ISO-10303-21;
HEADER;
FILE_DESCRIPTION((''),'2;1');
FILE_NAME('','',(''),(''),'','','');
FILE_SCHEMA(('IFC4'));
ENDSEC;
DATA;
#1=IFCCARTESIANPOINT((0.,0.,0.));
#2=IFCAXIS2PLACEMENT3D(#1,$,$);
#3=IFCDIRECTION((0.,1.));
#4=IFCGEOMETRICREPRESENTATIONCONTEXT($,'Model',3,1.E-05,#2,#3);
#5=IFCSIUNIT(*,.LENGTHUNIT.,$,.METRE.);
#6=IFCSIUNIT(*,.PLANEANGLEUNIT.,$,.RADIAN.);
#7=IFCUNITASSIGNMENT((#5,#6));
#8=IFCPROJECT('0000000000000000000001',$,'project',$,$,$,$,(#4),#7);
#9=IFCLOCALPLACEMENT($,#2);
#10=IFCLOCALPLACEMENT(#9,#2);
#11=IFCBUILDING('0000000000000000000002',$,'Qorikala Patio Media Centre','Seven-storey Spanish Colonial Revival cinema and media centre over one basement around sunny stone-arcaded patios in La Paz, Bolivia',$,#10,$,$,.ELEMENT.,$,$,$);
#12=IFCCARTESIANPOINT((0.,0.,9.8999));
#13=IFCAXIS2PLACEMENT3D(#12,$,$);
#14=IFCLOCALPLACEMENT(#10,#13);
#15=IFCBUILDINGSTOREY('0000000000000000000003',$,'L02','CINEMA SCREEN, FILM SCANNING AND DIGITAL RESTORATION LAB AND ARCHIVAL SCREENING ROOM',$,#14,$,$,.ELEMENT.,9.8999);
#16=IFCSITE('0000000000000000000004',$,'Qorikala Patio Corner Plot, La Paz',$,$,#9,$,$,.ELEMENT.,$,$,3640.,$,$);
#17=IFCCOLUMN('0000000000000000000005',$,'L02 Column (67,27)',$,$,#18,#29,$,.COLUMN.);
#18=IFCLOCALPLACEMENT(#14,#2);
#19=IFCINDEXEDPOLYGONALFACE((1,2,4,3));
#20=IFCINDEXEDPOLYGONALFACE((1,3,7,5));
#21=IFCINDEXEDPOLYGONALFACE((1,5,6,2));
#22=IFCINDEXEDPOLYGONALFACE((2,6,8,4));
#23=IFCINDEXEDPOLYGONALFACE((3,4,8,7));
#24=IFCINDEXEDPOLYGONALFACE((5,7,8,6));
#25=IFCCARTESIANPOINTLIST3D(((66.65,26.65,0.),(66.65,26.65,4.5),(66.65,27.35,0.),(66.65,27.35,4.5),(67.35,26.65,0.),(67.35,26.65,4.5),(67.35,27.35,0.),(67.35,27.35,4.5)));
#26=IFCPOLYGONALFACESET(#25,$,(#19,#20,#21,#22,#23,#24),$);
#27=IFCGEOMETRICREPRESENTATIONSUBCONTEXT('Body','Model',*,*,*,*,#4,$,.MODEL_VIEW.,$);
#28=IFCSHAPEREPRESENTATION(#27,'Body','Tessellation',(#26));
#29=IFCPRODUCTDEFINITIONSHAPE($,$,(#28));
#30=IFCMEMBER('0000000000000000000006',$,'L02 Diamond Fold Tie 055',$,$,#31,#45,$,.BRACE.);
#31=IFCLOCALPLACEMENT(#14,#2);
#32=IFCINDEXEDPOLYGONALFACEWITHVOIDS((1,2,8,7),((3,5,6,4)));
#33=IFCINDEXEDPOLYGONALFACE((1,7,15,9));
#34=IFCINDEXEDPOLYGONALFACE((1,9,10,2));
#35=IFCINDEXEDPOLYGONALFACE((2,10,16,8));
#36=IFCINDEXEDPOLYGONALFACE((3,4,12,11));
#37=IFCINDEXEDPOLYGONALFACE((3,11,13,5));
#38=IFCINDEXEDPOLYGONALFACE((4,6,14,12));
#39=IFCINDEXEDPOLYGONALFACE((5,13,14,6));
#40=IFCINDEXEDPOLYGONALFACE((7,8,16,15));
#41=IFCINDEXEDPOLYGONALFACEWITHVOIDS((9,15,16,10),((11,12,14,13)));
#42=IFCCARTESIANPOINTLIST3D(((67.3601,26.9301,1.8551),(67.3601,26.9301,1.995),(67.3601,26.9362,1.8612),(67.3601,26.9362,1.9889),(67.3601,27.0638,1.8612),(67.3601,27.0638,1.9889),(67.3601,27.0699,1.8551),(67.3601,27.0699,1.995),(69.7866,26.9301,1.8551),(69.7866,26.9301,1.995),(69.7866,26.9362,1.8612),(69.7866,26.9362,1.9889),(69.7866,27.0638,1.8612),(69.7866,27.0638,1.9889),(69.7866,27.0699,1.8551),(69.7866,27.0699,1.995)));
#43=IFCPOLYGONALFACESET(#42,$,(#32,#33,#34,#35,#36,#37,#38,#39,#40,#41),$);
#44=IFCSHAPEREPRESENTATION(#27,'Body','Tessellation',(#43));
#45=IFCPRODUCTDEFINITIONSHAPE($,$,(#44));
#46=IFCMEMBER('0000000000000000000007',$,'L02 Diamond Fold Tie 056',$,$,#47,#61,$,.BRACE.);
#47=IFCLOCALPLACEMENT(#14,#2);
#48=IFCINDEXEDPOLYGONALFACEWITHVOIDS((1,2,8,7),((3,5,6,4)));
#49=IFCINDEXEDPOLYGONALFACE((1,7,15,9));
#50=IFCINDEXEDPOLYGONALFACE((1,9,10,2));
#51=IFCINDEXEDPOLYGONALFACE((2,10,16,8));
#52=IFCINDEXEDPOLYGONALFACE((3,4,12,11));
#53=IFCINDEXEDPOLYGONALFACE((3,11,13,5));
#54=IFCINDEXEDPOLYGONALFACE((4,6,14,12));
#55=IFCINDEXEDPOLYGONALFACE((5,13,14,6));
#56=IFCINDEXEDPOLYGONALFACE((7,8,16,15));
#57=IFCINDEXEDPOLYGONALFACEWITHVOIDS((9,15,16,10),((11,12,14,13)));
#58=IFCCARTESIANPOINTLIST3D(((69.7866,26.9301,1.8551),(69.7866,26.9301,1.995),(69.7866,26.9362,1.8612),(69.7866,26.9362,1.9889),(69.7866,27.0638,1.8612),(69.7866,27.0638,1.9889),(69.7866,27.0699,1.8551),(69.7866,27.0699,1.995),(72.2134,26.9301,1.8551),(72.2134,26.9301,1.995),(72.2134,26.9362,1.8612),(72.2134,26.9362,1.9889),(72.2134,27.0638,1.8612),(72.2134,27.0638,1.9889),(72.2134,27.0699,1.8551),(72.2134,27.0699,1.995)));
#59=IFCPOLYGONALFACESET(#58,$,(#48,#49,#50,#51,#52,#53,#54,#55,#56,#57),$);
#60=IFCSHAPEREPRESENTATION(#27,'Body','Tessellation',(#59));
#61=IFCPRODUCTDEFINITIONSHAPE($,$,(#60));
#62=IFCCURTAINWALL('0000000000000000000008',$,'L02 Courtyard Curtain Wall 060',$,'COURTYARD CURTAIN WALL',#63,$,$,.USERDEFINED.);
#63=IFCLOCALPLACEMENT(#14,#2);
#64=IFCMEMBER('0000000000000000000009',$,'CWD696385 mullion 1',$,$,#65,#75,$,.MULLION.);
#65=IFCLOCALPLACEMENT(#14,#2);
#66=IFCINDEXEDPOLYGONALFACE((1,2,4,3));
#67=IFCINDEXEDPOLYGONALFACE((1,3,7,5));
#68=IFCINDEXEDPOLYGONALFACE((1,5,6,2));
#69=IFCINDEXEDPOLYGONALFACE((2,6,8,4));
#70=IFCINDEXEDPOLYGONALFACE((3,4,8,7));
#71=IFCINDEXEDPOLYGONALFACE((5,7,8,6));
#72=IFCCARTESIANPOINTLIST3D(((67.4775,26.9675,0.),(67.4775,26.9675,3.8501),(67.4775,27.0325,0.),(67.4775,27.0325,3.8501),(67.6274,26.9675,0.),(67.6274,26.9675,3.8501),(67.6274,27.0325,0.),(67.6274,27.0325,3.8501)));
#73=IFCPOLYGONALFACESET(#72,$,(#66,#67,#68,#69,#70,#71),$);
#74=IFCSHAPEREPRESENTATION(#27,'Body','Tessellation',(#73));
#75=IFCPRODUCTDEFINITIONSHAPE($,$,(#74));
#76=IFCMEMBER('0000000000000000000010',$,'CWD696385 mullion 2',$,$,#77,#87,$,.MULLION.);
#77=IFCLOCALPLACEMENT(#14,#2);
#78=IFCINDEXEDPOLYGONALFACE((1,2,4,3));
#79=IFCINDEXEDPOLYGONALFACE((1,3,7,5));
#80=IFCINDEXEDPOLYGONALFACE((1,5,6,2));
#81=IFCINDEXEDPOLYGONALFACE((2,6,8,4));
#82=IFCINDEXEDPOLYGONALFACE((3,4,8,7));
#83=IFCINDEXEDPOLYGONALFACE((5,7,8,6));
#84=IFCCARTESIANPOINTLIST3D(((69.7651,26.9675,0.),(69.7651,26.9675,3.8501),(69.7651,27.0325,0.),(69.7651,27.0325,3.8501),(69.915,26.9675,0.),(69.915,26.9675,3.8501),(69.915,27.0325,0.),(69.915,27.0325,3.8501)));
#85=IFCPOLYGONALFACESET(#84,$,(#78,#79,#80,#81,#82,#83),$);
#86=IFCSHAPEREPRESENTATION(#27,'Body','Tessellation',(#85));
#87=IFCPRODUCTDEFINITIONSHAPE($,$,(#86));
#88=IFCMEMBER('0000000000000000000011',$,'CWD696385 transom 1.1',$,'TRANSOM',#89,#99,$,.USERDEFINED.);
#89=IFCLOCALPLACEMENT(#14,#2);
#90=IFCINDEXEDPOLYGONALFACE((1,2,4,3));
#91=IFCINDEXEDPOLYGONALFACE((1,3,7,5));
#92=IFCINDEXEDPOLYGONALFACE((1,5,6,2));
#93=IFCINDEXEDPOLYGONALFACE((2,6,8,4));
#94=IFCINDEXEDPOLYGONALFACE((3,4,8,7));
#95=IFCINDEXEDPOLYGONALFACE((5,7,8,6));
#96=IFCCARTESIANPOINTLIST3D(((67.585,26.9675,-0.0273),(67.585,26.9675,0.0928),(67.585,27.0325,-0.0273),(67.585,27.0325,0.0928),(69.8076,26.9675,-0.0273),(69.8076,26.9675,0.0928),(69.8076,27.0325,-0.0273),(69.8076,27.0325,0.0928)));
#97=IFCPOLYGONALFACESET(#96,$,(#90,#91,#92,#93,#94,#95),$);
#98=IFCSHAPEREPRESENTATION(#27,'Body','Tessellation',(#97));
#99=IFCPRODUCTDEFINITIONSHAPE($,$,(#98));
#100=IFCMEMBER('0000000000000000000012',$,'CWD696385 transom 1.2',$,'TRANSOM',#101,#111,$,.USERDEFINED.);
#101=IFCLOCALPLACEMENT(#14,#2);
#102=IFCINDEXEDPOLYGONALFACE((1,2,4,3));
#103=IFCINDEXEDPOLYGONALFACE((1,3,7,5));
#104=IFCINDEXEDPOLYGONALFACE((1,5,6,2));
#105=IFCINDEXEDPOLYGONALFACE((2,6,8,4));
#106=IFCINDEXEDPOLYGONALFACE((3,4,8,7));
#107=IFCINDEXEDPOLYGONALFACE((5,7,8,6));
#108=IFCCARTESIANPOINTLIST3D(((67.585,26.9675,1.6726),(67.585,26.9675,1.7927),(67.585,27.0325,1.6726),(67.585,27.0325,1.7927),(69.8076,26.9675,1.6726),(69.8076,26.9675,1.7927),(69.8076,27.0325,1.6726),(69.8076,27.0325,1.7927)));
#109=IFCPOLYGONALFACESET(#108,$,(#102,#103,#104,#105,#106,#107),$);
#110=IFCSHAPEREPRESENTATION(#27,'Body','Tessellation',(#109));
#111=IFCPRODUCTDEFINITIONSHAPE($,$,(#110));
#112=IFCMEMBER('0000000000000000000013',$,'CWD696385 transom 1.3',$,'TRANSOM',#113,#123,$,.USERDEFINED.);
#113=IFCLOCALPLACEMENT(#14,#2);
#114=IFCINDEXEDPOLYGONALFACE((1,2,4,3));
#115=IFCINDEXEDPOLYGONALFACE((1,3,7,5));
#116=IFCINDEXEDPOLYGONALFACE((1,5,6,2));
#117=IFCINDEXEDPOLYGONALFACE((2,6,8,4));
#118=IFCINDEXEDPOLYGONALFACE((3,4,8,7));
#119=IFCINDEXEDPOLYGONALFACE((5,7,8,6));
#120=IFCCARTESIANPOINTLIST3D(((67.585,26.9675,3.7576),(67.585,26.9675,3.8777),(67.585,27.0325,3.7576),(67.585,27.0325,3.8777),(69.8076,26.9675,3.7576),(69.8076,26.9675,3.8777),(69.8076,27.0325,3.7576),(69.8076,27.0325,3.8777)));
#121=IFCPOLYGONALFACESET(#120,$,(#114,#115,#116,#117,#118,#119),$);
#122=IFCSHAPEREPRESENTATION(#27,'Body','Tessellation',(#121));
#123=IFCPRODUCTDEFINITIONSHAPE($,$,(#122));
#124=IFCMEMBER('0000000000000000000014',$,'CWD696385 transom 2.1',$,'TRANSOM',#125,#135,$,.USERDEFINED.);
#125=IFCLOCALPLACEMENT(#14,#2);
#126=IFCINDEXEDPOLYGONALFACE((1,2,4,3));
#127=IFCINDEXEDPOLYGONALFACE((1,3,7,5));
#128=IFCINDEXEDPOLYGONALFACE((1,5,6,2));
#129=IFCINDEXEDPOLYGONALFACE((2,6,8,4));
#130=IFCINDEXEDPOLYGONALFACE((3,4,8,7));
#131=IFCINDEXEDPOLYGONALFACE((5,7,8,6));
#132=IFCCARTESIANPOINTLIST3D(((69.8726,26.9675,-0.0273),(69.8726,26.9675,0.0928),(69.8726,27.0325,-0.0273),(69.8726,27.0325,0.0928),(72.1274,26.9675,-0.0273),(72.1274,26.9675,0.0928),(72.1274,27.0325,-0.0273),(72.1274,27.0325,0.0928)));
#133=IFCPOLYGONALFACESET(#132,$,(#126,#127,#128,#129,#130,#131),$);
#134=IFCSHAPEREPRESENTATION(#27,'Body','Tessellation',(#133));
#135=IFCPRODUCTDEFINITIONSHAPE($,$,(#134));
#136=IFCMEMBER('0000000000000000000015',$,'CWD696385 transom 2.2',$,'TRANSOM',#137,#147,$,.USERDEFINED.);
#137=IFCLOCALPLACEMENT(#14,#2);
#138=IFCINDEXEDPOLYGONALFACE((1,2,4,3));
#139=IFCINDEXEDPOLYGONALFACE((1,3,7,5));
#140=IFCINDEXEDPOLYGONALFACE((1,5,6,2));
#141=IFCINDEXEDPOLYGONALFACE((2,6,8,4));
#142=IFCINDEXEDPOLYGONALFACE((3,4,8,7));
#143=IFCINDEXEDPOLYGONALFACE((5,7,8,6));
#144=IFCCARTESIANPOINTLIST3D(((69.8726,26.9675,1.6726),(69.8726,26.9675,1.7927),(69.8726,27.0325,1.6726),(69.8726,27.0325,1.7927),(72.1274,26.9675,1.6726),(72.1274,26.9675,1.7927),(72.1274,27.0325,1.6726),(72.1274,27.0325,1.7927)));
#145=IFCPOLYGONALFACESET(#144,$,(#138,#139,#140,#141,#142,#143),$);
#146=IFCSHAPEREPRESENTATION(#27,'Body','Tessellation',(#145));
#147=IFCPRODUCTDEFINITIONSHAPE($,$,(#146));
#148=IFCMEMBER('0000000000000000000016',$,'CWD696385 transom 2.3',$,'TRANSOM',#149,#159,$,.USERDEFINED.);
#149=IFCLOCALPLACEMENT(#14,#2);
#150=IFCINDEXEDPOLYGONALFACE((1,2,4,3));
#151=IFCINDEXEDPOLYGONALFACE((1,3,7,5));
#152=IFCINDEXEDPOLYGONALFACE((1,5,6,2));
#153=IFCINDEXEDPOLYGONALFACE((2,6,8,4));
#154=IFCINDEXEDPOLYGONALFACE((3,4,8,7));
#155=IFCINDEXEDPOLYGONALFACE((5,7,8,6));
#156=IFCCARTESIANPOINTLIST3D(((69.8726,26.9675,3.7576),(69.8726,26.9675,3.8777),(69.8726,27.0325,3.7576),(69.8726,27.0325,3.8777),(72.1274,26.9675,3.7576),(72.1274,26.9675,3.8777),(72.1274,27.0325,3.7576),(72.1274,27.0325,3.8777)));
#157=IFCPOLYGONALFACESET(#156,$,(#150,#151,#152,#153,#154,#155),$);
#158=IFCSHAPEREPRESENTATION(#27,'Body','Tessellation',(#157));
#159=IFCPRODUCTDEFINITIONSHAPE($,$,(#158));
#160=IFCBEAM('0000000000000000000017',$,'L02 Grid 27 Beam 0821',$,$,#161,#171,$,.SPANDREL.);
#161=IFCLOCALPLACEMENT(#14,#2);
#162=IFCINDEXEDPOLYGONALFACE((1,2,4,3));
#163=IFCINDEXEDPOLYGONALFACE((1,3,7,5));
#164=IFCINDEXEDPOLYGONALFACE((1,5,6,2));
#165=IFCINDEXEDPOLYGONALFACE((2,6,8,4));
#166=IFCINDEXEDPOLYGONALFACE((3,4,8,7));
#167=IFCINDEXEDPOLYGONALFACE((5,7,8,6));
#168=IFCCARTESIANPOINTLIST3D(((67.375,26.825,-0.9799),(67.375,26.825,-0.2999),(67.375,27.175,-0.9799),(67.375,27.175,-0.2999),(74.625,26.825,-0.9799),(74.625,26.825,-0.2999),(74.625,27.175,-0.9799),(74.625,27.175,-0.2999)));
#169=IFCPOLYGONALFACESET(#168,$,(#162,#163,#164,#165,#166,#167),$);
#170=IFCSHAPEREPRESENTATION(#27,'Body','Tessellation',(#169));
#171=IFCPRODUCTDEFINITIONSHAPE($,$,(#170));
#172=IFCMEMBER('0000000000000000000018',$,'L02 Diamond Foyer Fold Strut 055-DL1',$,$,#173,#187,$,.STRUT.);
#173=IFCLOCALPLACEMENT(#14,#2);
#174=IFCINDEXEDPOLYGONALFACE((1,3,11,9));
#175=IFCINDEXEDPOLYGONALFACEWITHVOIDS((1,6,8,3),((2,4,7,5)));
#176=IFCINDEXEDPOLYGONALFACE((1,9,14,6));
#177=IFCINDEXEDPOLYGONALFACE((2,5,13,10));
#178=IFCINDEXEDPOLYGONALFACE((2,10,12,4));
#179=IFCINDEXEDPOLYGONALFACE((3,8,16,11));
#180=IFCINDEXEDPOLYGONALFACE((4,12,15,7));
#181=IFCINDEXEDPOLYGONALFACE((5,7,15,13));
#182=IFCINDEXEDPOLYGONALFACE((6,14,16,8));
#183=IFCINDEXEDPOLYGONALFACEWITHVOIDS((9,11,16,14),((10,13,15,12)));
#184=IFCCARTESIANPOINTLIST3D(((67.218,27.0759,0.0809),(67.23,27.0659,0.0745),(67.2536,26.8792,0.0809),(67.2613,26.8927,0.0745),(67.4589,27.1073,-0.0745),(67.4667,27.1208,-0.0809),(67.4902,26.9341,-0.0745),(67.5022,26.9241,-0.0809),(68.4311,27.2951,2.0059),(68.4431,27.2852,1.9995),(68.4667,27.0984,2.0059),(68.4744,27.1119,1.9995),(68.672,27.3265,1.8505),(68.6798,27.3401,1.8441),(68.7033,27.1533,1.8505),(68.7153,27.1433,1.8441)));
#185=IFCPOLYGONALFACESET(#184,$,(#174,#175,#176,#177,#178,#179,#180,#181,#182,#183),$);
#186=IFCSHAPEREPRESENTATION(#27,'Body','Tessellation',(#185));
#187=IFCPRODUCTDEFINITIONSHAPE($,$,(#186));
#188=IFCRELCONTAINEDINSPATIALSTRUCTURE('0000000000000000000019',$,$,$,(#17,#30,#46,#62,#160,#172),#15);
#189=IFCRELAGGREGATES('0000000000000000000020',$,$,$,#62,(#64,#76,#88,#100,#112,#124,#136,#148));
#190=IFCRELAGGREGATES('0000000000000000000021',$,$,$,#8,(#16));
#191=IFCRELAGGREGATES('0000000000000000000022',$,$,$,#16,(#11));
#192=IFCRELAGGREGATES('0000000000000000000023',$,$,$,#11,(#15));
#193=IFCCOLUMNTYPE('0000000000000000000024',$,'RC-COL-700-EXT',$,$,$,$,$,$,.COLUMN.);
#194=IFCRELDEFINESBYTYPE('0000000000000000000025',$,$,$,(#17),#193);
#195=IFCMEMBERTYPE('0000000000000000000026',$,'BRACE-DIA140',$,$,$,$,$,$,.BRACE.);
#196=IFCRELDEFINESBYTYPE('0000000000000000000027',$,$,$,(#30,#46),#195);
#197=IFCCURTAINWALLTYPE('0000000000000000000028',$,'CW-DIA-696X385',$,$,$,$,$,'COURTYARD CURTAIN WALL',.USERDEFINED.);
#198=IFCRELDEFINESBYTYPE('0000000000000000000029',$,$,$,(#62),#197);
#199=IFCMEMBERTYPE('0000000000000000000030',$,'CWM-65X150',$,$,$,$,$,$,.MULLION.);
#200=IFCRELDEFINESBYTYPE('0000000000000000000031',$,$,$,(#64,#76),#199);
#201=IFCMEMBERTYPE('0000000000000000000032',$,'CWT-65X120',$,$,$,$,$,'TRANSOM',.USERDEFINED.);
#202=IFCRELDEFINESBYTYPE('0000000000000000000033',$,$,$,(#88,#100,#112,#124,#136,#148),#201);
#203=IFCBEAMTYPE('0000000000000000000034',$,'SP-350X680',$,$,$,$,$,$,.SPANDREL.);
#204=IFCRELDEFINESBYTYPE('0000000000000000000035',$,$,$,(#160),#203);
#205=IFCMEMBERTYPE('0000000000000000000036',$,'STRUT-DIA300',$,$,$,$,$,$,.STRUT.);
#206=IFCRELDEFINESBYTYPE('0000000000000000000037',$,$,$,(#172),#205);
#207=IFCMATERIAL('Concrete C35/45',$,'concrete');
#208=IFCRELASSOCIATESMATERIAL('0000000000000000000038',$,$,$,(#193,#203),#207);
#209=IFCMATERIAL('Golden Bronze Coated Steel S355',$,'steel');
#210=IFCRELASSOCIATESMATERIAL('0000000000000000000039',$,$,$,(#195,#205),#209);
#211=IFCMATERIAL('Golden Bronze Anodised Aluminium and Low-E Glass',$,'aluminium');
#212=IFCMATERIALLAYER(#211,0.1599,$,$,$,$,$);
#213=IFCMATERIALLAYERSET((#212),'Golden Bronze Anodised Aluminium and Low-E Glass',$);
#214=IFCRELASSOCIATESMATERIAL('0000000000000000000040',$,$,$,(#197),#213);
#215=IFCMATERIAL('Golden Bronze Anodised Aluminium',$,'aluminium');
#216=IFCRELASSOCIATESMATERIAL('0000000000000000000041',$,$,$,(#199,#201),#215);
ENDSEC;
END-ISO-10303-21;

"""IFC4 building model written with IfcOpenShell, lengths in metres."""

from ifc_helpers import new_model, si_unit, direction, frame, origin, origin_2d, place, context, subcontext, project, spatial, rectangle, hollow_rectangle, extrude, material, layer, layer_set, material_profile, profile_set, type_object, element, aggregate, save


model = new_model("IFC4")

# Units and contexts
model_context = context("Model", 3, precision=1e-05, world=origin(), true_north=direction((0.0, 1.0)))
body_context = subcontext(model_context, "Body", "Model", "MODEL_VIEW")
ifc_project = project(units=[si_unit("LENGTHUNIT", "METRE"), si_unit("PLANEANGLEUNIT", "RADIAN")], contexts=[model_context])

# Site, building, storey
site_placement = place(None, origin())
site = spatial("IfcSite", under=ifc_project, at=site_placement, Name="Qorikala Patio Corner Plot, La Paz", CompositionType="ELEMENT", RefElevation=3640.0)
building_placement = place(site_placement, origin())
building = spatial("IfcBuilding", under=site, at=building_placement, Name="Qorikala Patio Media Centre", Description="Seven-storey Spanish Colonial Revival cinema and media centre over one basement around sunny stone-arcaded patios in La Paz, Bolivia", CompositionType="ELEMENT")
storey_placement = place(building_placement, frame((0.0, 0.0, 9.8999)))
storey = spatial("IfcBuildingStorey", under=building, at=storey_placement, Name="L02", Description="CINEMA SCREEN, FILM SCANNING AND DIGITAL RESTORATION LAB AND ARCHIVAL SCREENING ROOM", CompositionType="ELEMENT", Elevation=9.8999)

# Column
ifc_material_1 = material(Name="Concrete C35/45", Category="concrete")
ifc_material_profile_1 = material_profile(ifc_material_1, rectangle(XDim=0.7, YDim=0.7, at=origin_2d()), Name="RC 700x700")
ifc_profile_set_1 = profile_set([ifc_material_profile_1], Name="Concrete C35/45")
column_type = type_object("IfcColumnType", Name="RC-COL-700-EXT", PredefinedType="COLUMN", material=ifc_profile_set_1)
column_placement = place(storey_placement, frame((67.0, 27.0, 0.0), z_axis=(0.0, 0.0, 1.0), x_axis=(1.0, 0.0, 0.0)))
element("IfcColumn", 1, at=column_placement, inside=storey, type_object=column_type, Name="L02 Column (67,27)", PredefinedType="COLUMN", context=body_context, shape_type="SweptSolid", body=[
    extrude(rectangle(XDim=0.7, YDim=0.7, at=origin_2d()), origin(), (0.0, 0.0, 1.0), 4.5),
])

# Members
ifc_material_2 = material(Name="Golden Bronze Coated Steel S355", Category="steel")
ifc_material_profile_2 = material_profile(ifc_material_2, hollow_rectangle(XDim=0.1399, YDim=0.1399, WallThickness=0.0061, at=origin_2d()), Name="HSS140X140X6")
ifc_profile_set_2 = profile_set([ifc_material_profile_2], Name="Golden Bronze Coated Steel S355")
member_type_1 = type_object("IfcMemberType", Name="BRACE-DIA140", PredefinedType="BRACE", material=ifc_profile_set_2)
member_1_placement = place(storey_placement, frame((67.3601, 27.0, 1.925), z_axis=(1.0, 0.0, 0.0), x_axis=(0.0, 1.0, 0.0)))
element("IfcMember", 2, at=member_1_placement, inside=storey, type_object=member_type_1, Name="L02 Diamond Fold Tie 055", PredefinedType="BRACE", context=body_context, shape_type="SweptSolid", body=[
    extrude(hollow_rectangle(XDim=0.1399, YDim=0.1399, WallThickness=0.0061, at=origin_2d()), origin(), (0.0, 0.0, 1.0), 2.4265),
])
member_2_placement = place(storey_placement, frame((69.7866, 27.0, 1.925), z_axis=(1.0, 0.0, 0.0), x_axis=(0.0, 1.0, 0.0)))
element("IfcMember", 3, at=member_2_placement, inside=storey, type_object=member_type_1, Name="L02 Diamond Fold Tie 056", PredefinedType="BRACE", context=body_context, shape_type="SweptSolid", body=[
    extrude(hollow_rectangle(XDim=0.1399, YDim=0.1399, WallThickness=0.0061, at=origin_2d()), origin(), (0.0, 0.0, 1.0), 2.4268),
])

# Curtain wall, members
ifc_material_3 = material(Name="Golden Bronze Anodised Aluminium and Low-E Glass", Category="aluminium")
ifc_layer_1 = layer(ifc_material_3, 0.1599)
ifc_layer_set_1 = layer_set([ifc_layer_1], Name="Golden Bronze Anodised Aluminium and Low-E Glass")
curtain_wall_type = type_object("IfcCurtainWallType", Name="CW-DIA-696X385", ElementType="COURTYARD CURTAIN WALL", PredefinedType="USERDEFINED", material=ifc_layer_set_1)
curtain_wall_placement = place(storey_placement, origin())
curtain_wall = element("IfcCurtainWall", 4, at=curtain_wall_placement, inside=storey, type_object=curtain_wall_type, Name="L02 Courtyard Curtain Wall 060", ObjectType="COURTYARD CURTAIN WALL", PredefinedType="USERDEFINED")
ifc_material_4 = material(Name="Golden Bronze Anodised Aluminium", Category="aluminium")
ifc_material_profile_3 = material_profile(ifc_material_4, rectangle(XDim=0.0649, YDim=0.1499, at=origin_2d()), Name="ALU MULLION 65x150")
ifc_profile_set_3 = profile_set([ifc_material_profile_3], Name="Golden Bronze Anodised Aluminium")
member_type_2 = type_object("IfcMemberType", Name="CWM-65X150", PredefinedType="MULLION", material=ifc_profile_set_3)
member_3_placement = place(storey_placement, frame((67.5525, 27.0, 0.0), z_axis=(0.0, 0.0, 1.0), x_axis=(0.0, 1.0, 0.0)))
member_3 = element("IfcMember", 5, at=member_3_placement, type_object=member_type_2, Name="CWD696385 mullion 1", PredefinedType="MULLION", context=body_context, shape_type="SweptSolid", body=[
    extrude(rectangle(XDim=0.0649, YDim=0.1499, at=origin_2d()), origin(), (0.0, 0.0, 1.0), 3.8501),
])
member_4_placement = place(storey_placement, frame((69.8401, 27.0, 0.0), z_axis=(0.0, 0.0, 1.0), x_axis=(0.0, 1.0, 0.0)))
member_4 = element("IfcMember", 6, at=member_4_placement, type_object=member_type_2, Name="CWD696385 mullion 2", PredefinedType="MULLION", context=body_context, shape_type="SweptSolid", body=[
    extrude(rectangle(XDim=0.0649, YDim=0.1499, at=origin_2d()), origin(), (0.0, 0.0, 1.0), 3.8501),
])
ifc_material_profile_4 = material_profile(ifc_material_4, rectangle(XDim=0.0649, YDim=0.1201, at=origin_2d()), Name="ALU TRANSOM 65x120")
ifc_profile_set_4 = profile_set([ifc_material_profile_4], Name="Golden Bronze Anodised Aluminium")
member_type_3 = type_object("IfcMemberType", Name="CWT-65X120", ElementType="TRANSOM", PredefinedType="USERDEFINED", material=ifc_profile_set_4)
member_5_placement = place(storey_placement, frame((67.585, 27.0, 0.0327), z_axis=(1.0, 0.0, 0.0), x_axis=(0.0, 1.0, 0.0)))
member_5 = element("IfcMember", 7, at=member_5_placement, type_object=member_type_3, Name="CWD696385 transom 1.1", ObjectType="TRANSOM", PredefinedType="USERDEFINED", context=body_context, shape_type="SweptSolid", body=[
    extrude(rectangle(XDim=0.0649, YDim=0.1201, at=origin_2d()), origin(), (0.0, 0.0, 1.0), 2.2227),
])
member_6_placement = place(storey_placement, frame((67.585, 27.0, 1.7327), z_axis=(1.0, 0.0, 0.0), x_axis=(0.0, 1.0, 0.0)))
member_6 = element("IfcMember", 8, at=member_6_placement, type_object=member_type_3, Name="CWD696385 transom 1.2", ObjectType="TRANSOM", PredefinedType="USERDEFINED", context=body_context, shape_type="SweptSolid", body=[
    extrude(rectangle(XDim=0.0649, YDim=0.1201, at=origin_2d()), origin(), (0.0, 0.0, 1.0), 2.2227),
])
member_7_placement = place(storey_placement, frame((67.585, 27.0, 3.8176), z_axis=(1.0, 0.0, 0.0), x_axis=(0.0, 1.0, 0.0)))
member_7 = element("IfcMember", 9, at=member_7_placement, type_object=member_type_3, Name="CWD696385 transom 1.3", ObjectType="TRANSOM", PredefinedType="USERDEFINED", context=body_context, shape_type="SweptSolid", body=[
    extrude(rectangle(XDim=0.0649, YDim=0.1201, at=origin_2d()), origin(), (0.0, 0.0, 1.0), 2.2227),
])
member_8_placement = place(storey_placement, frame((69.8726, 27.0, 0.0327), z_axis=(1.0, 0.0, 0.0), x_axis=(0.0, 1.0, 0.0)))
member_8 = element("IfcMember", 10, at=member_8_placement, type_object=member_type_3, Name="CWD696385 transom 2.1", ObjectType="TRANSOM", PredefinedType="USERDEFINED", context=body_context, shape_type="SweptSolid", body=[
    extrude(rectangle(XDim=0.0649, YDim=0.1201, at=origin_2d()), origin(), (0.0, 0.0, 1.0), 2.2549),
])
member_9_placement = place(storey_placement, frame((69.8726, 27.0, 1.7327), z_axis=(1.0, 0.0, 0.0), x_axis=(0.0, 1.0, 0.0)))
member_9 = element("IfcMember", 11, at=member_9_placement, type_object=member_type_3, Name="CWD696385 transom 2.2", ObjectType="TRANSOM", PredefinedType="USERDEFINED", context=body_context, shape_type="SweptSolid", body=[
    extrude(rectangle(XDim=0.0649, YDim=0.1201, at=origin_2d()), origin(), (0.0, 0.0, 1.0), 2.2549),
])
member_10_placement = place(storey_placement, frame((69.8726, 27.0, 3.8176), z_axis=(1.0, 0.0, 0.0), x_axis=(0.0, 1.0, 0.0)))
member_10 = element("IfcMember", 12, at=member_10_placement, type_object=member_type_3, Name="CWD696385 transom 2.3", ObjectType="TRANSOM", PredefinedType="USERDEFINED", context=body_context, shape_type="SweptSolid", body=[
    extrude(rectangle(XDim=0.0649, YDim=0.1201, at=origin_2d()), origin(), (0.0, 0.0, 1.0), 2.2549),
])

# Beam
ifc_material_profile_5 = material_profile(ifc_material_1, rectangle(XDim=0.3501, YDim=0.6799, at=origin_2d()), Name="RC 350x680")
ifc_profile_set_5 = profile_set([ifc_material_profile_5], Name="Concrete C35/45")
beam_type = type_object("IfcBeamType", Name="SP-350X680", PredefinedType="SPANDREL", material=ifc_profile_set_5)
beam_placement = place(storey_placement, frame((67.375, 27.0, -0.6399), z_axis=(1.0, 0.0, 0.0), x_axis=(0.0, 1.0, 0.0)))
element("IfcBeam", 13, at=beam_placement, inside=storey, type_object=beam_type, Name="L02 Grid 27 Beam 0821", PredefinedType="SPANDREL", context=body_context, shape_type="SweptSolid", body=[
    extrude(rectangle(XDim=0.3501, YDim=0.6799, at=origin_2d()), origin(), (0.0, 0.0, 1.0), 7.25),
])

# Member
ifc_material_profile_6 = material_profile(ifc_material_2, hollow_rectangle(XDim=0.2, YDim=0.3, WallThickness=0.012, at=origin_2d()), Name="HSS300X200X12")
ifc_profile_set_6 = profile_set([ifc_material_profile_6], Name="Golden Bronze Coated Steel S355")
member_type_4 = type_object("IfcMemberType", Name="STRUT-DIA300", PredefinedType="STRUT", material=ifc_profile_set_6)
member_11_placement = place(storey_placement, frame((67.3601, 27.0, 0.0), z_axis=(0.530691, 0.095907, 0.842121), x_axis=(-0.17784, 0.984059, 0.0)))
element("IfcMember", 14, at=member_11_placement, inside=storey, type_object=member_type_4, Name="L02 Diamond Foyer Fold Strut 055-DL1", PredefinedType="STRUT", context=body_context, shape_type="SweptSolid", body=[
    extrude(hollow_rectangle(XDim=0.2, YDim=0.3, WallThickness=0.012, at=origin_2d()), origin(), (0.0, 0.0, 1.0), 2.2859),
])

aggregate(curtain_wall, [member_3, member_4, member_5, member_6, member_7, member_8, member_9, member_10])

save(model, "model.ifc")
